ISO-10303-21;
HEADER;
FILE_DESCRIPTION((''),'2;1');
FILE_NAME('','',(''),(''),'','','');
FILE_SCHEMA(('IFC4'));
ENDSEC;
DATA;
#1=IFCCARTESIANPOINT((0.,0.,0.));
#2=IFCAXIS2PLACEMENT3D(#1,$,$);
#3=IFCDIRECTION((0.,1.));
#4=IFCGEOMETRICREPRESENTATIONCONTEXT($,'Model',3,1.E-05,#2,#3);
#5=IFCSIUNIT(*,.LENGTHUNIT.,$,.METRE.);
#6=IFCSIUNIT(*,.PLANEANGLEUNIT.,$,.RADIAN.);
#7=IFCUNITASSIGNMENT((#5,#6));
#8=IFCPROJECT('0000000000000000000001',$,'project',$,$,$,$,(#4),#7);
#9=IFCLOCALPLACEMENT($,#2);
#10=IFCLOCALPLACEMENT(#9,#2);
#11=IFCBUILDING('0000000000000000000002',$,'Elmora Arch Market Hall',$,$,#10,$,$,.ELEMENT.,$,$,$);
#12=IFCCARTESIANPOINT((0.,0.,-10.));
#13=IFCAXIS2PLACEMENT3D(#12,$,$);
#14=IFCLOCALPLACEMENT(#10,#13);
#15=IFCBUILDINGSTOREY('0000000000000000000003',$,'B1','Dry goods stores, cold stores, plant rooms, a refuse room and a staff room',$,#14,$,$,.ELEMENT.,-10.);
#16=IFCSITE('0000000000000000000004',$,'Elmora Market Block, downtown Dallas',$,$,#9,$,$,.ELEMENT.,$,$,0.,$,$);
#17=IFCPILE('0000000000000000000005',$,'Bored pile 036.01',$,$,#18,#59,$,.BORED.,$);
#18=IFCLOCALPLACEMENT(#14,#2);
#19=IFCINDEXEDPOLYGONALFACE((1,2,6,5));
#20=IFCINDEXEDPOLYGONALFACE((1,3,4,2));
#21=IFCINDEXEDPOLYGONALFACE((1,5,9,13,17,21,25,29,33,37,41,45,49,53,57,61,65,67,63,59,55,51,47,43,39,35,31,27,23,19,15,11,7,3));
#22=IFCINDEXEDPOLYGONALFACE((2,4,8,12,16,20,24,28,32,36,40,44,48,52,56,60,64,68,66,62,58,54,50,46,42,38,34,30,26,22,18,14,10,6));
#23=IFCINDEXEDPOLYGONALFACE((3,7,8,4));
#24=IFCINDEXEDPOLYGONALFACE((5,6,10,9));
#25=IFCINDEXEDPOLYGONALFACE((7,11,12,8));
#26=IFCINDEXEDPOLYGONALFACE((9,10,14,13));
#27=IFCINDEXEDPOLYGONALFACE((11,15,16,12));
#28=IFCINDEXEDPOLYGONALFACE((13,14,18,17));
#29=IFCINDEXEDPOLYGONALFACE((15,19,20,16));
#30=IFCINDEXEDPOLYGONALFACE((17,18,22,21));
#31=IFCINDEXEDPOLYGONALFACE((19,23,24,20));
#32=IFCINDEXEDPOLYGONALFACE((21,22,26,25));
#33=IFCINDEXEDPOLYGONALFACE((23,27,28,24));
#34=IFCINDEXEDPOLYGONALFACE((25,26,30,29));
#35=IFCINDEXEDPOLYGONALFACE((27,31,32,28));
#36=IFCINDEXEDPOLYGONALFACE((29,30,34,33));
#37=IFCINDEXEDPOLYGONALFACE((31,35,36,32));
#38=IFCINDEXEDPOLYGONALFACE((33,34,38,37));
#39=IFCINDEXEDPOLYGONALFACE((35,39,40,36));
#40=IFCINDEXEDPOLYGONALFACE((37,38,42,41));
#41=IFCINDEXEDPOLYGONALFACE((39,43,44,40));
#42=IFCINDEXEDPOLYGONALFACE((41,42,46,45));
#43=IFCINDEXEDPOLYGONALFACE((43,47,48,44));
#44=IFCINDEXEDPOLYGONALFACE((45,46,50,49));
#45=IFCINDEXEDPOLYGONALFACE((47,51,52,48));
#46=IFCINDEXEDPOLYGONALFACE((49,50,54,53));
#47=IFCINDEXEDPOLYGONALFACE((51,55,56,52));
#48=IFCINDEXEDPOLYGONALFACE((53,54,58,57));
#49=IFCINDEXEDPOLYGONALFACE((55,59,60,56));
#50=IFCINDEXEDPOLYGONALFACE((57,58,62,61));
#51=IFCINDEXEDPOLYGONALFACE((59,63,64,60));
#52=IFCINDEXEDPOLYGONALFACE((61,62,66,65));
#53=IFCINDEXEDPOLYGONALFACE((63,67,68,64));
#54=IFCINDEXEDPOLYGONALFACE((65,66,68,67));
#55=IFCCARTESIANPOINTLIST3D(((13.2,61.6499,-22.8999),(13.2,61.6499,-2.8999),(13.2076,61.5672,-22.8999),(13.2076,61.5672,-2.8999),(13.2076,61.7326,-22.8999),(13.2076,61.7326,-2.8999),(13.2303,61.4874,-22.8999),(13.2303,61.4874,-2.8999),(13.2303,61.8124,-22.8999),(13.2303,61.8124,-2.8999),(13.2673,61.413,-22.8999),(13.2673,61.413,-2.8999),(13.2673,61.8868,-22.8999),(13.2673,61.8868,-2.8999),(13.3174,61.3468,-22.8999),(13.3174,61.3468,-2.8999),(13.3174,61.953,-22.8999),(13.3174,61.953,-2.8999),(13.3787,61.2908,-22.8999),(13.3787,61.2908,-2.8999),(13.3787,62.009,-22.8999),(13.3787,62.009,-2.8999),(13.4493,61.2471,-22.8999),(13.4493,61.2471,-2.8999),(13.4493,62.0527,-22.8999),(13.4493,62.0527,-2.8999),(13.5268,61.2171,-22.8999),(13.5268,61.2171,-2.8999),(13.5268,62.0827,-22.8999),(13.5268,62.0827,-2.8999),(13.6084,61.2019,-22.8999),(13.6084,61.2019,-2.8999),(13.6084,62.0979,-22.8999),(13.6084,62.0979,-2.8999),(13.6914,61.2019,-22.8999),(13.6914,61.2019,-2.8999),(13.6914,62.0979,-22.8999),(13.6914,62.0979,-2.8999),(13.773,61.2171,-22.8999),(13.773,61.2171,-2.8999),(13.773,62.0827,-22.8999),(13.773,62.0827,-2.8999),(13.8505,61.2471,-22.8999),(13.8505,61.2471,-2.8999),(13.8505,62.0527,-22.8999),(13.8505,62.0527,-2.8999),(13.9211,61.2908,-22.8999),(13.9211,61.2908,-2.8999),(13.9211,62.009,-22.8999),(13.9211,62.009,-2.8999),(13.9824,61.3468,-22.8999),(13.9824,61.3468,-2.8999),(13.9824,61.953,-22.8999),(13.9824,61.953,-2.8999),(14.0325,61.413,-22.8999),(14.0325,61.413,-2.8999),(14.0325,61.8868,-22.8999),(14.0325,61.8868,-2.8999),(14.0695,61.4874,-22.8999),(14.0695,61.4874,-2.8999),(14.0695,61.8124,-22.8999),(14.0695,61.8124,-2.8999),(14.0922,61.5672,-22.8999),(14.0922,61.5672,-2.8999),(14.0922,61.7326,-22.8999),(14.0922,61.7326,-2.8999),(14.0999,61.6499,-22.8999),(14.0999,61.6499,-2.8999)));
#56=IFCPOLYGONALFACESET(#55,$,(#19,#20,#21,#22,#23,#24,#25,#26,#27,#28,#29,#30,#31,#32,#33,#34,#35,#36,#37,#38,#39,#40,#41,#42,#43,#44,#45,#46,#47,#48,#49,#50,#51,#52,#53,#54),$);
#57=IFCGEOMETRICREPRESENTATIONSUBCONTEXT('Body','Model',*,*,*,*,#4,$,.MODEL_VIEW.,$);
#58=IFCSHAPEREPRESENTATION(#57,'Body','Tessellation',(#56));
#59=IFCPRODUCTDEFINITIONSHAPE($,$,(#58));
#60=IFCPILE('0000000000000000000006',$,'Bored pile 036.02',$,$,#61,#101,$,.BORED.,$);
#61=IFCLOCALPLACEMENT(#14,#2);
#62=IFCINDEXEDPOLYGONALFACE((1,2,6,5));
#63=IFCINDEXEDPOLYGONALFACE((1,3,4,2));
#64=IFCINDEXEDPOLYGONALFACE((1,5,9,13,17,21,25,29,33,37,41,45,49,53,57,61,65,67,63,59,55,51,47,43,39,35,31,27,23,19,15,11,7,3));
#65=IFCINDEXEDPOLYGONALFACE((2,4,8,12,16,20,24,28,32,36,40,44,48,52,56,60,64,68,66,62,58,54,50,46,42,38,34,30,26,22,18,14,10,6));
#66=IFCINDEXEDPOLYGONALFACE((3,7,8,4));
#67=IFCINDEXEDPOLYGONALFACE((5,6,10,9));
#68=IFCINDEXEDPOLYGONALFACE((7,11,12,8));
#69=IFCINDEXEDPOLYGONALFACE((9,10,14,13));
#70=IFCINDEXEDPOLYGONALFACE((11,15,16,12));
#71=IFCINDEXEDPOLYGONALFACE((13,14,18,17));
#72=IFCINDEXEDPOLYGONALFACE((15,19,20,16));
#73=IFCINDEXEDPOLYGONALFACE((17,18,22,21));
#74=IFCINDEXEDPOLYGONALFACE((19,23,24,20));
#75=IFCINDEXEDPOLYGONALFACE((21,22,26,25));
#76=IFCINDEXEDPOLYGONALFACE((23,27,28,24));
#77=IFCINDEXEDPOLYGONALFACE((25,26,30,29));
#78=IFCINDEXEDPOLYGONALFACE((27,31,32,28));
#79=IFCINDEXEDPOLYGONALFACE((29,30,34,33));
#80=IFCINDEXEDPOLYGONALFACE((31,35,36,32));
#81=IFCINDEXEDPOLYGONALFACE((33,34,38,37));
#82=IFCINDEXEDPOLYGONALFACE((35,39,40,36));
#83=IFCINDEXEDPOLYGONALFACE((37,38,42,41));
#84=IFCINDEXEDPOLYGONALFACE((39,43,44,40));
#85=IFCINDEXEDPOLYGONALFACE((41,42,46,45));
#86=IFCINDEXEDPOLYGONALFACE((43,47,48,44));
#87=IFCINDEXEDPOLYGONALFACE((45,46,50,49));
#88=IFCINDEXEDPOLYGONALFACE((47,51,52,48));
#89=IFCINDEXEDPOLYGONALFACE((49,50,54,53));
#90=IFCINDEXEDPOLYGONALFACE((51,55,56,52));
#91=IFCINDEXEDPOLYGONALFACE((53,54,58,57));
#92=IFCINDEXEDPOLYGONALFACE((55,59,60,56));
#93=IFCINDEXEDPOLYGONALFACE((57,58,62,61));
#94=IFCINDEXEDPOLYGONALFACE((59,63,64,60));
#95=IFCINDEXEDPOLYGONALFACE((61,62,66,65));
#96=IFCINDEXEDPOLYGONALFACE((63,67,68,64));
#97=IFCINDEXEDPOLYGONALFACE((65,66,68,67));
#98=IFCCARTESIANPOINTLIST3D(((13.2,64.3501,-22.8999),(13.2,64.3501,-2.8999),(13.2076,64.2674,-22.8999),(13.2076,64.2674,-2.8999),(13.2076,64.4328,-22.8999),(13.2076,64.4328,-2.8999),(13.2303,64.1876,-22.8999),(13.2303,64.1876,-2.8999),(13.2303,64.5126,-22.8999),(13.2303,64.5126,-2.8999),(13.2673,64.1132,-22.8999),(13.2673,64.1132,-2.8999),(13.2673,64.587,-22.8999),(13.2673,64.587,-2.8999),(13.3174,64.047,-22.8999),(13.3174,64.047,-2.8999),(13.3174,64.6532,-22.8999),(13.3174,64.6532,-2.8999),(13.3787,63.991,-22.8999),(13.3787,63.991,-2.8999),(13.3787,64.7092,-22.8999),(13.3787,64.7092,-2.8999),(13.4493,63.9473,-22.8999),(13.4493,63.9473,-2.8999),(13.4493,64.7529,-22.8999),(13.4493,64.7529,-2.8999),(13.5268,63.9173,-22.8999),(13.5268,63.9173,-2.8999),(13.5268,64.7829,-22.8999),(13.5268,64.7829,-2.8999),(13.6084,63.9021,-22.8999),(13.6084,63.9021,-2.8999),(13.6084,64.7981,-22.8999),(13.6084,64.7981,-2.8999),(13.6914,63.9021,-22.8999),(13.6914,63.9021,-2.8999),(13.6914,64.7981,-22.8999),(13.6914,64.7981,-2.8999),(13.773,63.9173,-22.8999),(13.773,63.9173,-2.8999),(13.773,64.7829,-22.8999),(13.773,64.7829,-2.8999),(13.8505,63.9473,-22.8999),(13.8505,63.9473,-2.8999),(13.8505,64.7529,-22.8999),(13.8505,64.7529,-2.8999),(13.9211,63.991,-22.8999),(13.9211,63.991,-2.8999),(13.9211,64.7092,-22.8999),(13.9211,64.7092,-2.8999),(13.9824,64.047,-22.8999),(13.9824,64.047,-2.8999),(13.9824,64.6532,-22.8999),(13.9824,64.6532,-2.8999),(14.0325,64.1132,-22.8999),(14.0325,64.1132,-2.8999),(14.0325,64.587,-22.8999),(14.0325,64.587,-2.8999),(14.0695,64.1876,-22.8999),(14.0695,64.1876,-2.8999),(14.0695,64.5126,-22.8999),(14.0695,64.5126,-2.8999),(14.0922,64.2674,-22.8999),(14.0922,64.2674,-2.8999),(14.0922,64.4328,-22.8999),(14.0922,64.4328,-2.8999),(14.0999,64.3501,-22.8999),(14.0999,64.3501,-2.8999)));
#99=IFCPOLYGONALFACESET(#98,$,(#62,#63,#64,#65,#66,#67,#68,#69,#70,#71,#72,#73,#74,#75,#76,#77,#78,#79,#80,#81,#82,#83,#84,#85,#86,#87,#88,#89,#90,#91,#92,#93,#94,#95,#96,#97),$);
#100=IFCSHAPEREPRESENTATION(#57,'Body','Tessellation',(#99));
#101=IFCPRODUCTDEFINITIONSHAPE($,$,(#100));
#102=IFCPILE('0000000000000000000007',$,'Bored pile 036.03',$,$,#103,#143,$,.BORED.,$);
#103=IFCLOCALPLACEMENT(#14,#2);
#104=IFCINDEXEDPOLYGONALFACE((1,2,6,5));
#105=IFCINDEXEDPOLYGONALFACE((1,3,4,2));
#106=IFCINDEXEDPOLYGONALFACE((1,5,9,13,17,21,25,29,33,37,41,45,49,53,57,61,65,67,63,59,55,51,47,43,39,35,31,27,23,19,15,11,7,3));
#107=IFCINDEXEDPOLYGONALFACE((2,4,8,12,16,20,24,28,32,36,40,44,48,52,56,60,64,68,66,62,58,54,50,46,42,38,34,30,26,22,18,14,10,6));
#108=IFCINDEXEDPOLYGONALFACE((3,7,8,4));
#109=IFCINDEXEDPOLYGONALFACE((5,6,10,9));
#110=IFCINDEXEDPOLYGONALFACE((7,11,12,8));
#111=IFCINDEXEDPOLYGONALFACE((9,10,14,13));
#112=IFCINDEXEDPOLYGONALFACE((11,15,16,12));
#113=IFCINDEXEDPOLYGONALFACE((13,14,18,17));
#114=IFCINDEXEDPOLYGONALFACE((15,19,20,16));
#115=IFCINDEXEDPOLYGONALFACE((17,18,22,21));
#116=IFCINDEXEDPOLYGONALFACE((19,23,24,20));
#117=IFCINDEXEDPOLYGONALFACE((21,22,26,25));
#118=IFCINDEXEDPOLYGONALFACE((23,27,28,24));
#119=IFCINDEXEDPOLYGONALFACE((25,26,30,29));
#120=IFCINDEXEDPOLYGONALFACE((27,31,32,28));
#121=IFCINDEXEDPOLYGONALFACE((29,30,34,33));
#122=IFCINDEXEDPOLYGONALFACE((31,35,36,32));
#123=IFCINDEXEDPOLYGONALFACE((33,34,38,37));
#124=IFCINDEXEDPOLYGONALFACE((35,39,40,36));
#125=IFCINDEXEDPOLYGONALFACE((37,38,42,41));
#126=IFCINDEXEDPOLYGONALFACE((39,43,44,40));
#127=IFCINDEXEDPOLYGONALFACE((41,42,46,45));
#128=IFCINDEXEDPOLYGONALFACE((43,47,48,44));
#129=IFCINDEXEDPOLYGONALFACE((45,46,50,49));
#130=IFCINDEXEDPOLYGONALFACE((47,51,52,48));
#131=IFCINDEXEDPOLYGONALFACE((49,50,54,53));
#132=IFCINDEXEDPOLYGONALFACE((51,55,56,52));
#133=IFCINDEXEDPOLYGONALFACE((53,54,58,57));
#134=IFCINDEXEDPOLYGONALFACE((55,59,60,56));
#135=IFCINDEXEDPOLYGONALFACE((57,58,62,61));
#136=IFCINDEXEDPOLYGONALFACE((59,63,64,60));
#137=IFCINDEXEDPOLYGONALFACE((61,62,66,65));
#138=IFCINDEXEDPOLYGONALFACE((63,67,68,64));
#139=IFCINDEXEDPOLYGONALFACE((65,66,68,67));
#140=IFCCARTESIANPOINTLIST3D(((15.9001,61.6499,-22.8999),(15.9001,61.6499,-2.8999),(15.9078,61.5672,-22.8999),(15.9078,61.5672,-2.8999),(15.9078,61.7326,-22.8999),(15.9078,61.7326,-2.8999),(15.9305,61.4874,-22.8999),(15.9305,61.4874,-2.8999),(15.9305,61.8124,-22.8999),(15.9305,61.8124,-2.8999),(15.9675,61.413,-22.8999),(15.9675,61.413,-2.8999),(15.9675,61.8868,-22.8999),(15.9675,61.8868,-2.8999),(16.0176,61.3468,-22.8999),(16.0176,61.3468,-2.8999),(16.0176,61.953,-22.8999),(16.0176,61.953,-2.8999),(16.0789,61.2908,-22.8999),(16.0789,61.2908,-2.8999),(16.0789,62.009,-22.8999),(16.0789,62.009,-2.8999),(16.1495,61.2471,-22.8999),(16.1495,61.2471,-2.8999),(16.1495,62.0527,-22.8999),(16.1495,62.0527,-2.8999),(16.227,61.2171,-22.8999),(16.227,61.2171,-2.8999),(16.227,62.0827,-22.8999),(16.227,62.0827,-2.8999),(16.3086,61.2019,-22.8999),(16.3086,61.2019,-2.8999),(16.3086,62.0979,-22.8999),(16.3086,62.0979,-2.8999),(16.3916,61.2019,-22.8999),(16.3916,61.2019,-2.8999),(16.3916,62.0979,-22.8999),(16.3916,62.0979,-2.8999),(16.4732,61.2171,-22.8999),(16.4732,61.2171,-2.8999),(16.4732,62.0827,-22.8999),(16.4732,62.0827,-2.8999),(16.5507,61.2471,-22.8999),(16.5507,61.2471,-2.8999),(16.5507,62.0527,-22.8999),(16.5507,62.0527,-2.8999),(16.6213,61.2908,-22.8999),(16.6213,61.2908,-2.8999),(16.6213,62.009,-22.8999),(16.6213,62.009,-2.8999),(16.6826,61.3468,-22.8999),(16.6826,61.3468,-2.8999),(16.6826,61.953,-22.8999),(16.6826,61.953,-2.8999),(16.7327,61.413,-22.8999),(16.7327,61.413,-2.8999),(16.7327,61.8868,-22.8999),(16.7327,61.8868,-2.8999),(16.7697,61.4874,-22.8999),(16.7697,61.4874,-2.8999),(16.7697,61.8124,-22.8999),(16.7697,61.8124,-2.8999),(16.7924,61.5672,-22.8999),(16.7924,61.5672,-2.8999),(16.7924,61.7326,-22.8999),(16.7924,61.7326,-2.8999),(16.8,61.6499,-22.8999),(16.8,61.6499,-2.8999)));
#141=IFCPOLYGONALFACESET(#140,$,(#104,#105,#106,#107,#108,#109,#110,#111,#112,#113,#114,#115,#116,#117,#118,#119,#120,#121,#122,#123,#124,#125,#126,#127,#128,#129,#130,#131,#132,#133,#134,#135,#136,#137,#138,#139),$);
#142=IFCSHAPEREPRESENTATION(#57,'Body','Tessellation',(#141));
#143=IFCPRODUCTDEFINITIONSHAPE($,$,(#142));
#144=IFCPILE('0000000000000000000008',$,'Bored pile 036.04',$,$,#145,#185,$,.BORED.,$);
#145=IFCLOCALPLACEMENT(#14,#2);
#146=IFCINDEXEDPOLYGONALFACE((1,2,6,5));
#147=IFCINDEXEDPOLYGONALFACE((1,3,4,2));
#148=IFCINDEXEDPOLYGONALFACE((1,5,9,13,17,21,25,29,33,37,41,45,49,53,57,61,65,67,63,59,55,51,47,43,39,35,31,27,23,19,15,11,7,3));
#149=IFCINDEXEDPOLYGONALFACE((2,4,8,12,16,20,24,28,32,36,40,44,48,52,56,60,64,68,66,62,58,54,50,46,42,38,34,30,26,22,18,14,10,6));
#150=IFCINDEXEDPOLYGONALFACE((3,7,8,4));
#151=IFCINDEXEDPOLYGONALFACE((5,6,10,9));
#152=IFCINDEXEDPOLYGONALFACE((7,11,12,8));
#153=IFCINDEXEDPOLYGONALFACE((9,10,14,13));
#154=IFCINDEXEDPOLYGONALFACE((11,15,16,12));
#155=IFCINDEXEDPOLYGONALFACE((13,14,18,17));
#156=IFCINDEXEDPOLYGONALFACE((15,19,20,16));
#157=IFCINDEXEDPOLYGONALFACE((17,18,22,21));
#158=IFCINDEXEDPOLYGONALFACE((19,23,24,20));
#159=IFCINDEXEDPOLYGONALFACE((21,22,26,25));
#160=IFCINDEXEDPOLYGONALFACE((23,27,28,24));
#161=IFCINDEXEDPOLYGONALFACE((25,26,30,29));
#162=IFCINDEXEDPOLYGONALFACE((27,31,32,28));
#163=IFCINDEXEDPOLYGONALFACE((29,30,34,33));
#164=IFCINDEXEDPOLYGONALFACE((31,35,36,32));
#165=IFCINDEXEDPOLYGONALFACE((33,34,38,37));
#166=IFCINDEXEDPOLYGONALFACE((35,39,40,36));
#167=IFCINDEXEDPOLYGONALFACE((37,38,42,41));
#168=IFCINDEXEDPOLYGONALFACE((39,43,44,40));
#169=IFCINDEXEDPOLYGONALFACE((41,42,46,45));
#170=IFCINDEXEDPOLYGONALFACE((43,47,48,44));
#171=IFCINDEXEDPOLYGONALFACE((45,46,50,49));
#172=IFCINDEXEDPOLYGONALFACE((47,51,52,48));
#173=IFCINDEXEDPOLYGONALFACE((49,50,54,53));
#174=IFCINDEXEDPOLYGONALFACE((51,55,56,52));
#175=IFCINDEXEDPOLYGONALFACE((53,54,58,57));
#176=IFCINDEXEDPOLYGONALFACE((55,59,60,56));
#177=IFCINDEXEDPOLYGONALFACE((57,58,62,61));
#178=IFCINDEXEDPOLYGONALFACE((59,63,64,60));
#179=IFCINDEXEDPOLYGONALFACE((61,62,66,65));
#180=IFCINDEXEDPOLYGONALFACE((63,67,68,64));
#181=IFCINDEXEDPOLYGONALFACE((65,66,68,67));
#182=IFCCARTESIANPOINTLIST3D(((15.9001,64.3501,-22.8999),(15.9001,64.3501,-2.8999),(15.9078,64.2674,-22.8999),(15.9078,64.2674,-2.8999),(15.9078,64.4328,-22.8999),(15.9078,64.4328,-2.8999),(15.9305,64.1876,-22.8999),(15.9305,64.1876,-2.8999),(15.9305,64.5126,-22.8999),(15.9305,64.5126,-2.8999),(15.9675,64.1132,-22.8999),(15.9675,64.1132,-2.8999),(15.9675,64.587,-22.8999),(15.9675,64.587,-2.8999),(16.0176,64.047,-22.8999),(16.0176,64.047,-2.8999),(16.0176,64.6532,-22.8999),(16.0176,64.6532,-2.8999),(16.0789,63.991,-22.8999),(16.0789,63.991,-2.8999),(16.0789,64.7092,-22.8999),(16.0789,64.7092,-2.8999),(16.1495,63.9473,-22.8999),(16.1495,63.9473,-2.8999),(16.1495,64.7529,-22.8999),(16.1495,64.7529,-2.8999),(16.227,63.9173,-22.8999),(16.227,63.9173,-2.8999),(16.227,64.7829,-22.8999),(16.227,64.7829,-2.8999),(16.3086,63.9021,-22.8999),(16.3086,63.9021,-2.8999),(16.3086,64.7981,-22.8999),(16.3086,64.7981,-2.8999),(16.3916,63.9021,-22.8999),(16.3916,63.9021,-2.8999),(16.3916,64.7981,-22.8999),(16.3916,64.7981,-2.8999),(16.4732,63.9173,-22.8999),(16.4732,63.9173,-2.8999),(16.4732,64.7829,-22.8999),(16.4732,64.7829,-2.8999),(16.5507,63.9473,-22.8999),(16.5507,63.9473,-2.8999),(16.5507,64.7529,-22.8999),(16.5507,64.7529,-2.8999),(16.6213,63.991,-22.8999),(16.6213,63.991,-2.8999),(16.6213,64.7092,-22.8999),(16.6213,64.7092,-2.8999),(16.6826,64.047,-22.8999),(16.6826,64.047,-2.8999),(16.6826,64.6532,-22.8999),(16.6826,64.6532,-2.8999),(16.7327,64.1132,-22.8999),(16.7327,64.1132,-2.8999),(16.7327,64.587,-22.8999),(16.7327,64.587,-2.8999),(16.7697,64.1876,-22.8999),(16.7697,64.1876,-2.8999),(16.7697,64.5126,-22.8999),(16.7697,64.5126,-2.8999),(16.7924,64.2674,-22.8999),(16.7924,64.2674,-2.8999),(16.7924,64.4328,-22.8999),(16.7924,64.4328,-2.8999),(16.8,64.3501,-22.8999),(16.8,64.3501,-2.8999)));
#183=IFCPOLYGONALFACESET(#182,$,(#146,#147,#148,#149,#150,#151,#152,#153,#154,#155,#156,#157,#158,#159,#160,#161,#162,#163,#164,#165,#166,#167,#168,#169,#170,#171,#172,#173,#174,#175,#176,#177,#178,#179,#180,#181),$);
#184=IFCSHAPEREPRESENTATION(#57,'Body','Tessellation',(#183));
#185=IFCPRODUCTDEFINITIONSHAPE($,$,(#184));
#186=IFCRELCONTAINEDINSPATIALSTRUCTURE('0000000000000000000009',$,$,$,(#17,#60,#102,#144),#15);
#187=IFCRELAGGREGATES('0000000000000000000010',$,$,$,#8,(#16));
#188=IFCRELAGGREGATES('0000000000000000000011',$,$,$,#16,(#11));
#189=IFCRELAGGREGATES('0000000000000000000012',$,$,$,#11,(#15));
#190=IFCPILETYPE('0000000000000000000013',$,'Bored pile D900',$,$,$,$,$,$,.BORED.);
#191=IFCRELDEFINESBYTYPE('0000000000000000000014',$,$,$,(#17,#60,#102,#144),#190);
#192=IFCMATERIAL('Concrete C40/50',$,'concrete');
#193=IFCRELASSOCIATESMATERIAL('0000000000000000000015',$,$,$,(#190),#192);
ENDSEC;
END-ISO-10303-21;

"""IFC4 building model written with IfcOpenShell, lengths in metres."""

from ifc_helpers import new_model, si_unit, direction, frame, origin, origin_2d, place, context, subcontext, project, spatial, circle, extrude, material, material_profile, profile_set, type_object, element, save


model = new_model("IFC4")

# Units and contexts
model_context = context("Model", 3, precision=1e-05, world=origin(), true_north=direction((0.0, 1.0)))
body_context = subcontext(model_context, "Body", "Model", "MODEL_VIEW")
ifc_project = project(units=[si_unit("LENGTHUNIT", "METRE"), si_unit("PLANEANGLEUNIT", "RADIAN")], contexts=[model_context])

# Site, building, storey
site_placement = place(None, origin())
site = spatial("IfcSite", under=ifc_project, at=site_placement, Name="Elmora Market Block, downtown Dallas", CompositionType="ELEMENT", RefElevation=0.0)
building_placement = place(site_placement, origin())
building = spatial("IfcBuilding", under=site, at=building_placement, Name="Elmora Arch Market Hall", CompositionType="ELEMENT")
storey_placement = place(building_placement, frame((0.0, 0.0, -10.0)))
storey = spatial("IfcBuildingStorey", under=building, at=storey_placement, Name="B1", Description="Dry goods stores, cold stores, plant rooms, a refuse room and a staff room", CompositionType="ELEMENT", Elevation=-10.0)

# Piles
ifc_material_1 = material(Name="Concrete C40/50", Category="concrete")
ifc_material_profile_1 = material_profile(ifc_material_1, circle(Radius=0.45, at=origin_2d()), Name="Bored pile D900")
ifc_profile_set_1 = profile_set([ifc_material_profile_1], Name="Concrete C40/50")
pile_type = type_object("IfcPileType", Name="Bored pile D900", PredefinedType="BORED", material=ifc_profile_set_1)
for number, where, z_axis, x_axis, name in (
    (1, (13.6499, 61.6499, -2.8999), (0.0, 0.0, -1.0), (1.0, 0.0, 0.0), "Bored pile 036.01"),
    (2, (13.6499, 64.3501, -2.8999), (0.0, 0.0, -1.0), (1.0, 0.0, 0.0), "Bored pile 036.02"),
    (3, (16.3501, 61.6499, -2.8999), (0.0, 0.0, -1.0), (1.0, 0.0, 0.0), "Bored pile 036.03"),
    (4, (16.3501, 64.3501, -2.8999), (0.0, 0.0, -1.0), (1.0, 0.0, 0.0), "Bored pile 036.04"),
):
    element("IfcPile", number, at=place(storey_placement, frame(where, z_axis=z_axis, x_axis=x_axis)), inside=storey, type_object=pile_type, Name=name, PredefinedType="BORED", context=body_context, shape_type="SweptSolid", body=[
        extrude(circle(Radius=0.45, at=origin_2d()), origin(), (0.0, 0.0, 1.0), 20.0),
    ])

save(model, "model.ifc")
